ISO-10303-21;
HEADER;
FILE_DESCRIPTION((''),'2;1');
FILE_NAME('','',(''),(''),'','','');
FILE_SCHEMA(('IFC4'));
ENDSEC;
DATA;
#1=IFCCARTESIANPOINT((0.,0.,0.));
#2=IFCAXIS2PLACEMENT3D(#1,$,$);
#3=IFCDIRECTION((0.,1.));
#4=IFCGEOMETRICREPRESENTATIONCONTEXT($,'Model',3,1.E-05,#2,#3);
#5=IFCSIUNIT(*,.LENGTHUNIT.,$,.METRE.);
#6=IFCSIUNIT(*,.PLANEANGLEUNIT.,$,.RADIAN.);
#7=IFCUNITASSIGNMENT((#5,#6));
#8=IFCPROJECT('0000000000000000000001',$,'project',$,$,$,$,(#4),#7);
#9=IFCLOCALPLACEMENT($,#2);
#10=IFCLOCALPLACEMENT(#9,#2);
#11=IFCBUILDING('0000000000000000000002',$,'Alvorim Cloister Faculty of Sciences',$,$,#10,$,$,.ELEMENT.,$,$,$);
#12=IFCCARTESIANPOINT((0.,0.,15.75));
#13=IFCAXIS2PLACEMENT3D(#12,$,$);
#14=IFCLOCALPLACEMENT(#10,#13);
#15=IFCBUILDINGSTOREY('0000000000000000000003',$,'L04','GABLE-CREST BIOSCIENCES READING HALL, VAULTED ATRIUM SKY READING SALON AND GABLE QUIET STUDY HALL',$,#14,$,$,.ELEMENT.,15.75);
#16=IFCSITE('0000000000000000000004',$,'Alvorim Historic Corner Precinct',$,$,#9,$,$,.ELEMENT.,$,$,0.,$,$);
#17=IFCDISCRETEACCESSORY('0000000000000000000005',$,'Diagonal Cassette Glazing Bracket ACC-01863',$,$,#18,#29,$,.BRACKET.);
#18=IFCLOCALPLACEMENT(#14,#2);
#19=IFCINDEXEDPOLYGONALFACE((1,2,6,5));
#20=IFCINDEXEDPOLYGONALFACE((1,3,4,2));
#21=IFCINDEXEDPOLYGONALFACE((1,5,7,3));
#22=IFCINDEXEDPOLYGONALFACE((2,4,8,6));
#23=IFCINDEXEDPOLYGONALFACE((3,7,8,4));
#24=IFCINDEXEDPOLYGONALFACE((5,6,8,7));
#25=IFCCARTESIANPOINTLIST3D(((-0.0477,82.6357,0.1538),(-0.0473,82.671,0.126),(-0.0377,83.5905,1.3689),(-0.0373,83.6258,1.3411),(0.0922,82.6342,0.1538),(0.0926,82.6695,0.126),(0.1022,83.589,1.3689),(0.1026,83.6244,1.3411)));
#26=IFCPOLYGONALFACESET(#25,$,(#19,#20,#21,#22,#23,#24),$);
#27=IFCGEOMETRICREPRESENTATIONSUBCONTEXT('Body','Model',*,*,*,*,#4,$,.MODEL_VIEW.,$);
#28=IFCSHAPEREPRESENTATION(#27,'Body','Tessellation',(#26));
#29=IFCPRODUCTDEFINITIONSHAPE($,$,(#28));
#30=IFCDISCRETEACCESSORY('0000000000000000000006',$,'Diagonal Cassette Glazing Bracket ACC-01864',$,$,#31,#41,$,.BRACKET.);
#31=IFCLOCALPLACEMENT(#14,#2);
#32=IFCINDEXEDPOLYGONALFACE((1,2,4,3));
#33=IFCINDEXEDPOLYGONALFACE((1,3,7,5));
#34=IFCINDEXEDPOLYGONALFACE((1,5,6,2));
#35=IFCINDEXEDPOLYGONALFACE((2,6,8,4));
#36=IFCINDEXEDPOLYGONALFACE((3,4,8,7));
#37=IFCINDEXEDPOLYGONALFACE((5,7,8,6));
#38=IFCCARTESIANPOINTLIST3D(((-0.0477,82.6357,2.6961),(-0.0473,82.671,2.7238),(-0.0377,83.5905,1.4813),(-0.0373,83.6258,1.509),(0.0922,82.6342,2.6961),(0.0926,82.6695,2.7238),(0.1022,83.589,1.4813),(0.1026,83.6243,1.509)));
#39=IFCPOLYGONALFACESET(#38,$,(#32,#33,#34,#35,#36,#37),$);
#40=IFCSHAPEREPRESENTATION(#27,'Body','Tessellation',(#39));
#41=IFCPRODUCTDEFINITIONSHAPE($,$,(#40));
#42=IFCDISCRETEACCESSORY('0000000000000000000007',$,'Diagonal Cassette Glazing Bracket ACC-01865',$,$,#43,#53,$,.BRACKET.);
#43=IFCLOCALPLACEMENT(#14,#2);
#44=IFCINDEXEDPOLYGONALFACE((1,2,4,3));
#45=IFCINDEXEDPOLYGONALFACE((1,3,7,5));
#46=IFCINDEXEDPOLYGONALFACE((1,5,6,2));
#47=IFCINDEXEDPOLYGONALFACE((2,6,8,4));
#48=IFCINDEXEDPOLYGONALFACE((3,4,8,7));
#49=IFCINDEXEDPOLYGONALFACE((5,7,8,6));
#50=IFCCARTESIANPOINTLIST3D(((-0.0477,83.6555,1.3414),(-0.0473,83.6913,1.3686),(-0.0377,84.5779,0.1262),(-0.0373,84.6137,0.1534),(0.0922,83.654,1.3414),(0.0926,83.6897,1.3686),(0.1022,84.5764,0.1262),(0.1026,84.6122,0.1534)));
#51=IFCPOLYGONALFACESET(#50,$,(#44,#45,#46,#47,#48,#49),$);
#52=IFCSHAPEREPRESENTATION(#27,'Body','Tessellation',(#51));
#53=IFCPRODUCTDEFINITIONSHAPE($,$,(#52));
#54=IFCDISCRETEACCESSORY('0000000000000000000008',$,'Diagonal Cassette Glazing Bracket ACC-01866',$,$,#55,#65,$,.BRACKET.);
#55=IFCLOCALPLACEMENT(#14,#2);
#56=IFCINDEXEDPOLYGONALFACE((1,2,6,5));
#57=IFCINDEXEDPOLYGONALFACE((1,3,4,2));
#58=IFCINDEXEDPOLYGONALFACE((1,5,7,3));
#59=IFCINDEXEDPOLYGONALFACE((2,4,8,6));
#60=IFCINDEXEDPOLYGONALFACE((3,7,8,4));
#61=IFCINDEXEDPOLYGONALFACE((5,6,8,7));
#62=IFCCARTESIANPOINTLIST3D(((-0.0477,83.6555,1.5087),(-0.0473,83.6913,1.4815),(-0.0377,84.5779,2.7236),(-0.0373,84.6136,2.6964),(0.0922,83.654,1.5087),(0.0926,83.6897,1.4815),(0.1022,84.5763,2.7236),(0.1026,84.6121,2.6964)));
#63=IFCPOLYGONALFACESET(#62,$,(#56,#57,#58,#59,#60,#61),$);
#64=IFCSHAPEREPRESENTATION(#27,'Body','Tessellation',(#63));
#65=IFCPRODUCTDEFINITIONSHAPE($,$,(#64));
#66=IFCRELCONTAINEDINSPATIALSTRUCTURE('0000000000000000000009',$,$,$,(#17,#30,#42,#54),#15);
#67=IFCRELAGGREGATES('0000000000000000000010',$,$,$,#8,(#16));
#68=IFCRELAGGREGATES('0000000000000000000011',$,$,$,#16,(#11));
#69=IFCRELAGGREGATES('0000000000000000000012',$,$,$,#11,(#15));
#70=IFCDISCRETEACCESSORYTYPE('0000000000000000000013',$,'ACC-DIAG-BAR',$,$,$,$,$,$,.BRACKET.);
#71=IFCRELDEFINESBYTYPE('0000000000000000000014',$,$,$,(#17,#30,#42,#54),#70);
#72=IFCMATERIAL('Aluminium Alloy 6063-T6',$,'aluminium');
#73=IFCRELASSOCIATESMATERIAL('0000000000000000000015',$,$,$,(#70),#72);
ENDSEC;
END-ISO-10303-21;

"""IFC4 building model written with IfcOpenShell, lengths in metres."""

from ifc_helpers import new_model, si_unit, direction, frame, origin, origin_2d, place, context, subcontext, project, spatial, rectangle, extrude, material, type_object, element, save


model = new_model("IFC4")

# Units and contexts
model_context = context("Model", 3, precision=1e-05, world=origin(), true_north=direction((0.0, 1.0)))
body_context = subcontext(model_context, "Body", "Model", "MODEL_VIEW")
ifc_project = project(units=[si_unit("LENGTHUNIT", "METRE"), si_unit("PLANEANGLEUNIT", "RADIAN")], contexts=[model_context])

# Site, building, storey
site_placement = place(None, origin())
site = spatial("IfcSite", under=ifc_project, at=site_placement, Name="Alvorim Historic Corner Precinct", CompositionType="ELEMENT", RefElevation=0.0)
building_placement = place(site_placement, origin())
building = spatial("IfcBuilding", under=site, at=building_placement, Name="Alvorim Cloister Faculty of Sciences", CompositionType="ELEMENT")
storey_placement = place(building_placement, frame((0.0, 0.0, 15.75)))
storey = spatial("IfcBuildingStorey", under=building, at=storey_placement, Name="L04", Description="GABLE-CREST BIOSCIENCES READING HALL, VAULTED ATRIUM SKY READING SALON AND GABLE QUIET STUDY HALL", CompositionType="ELEMENT", Elevation=15.75)

# Shared definitions
ifc_material_1 = material(Name="Aluminium Alloy 6063-T6", Category="aluminium")

# Discrete accessories
discrete_accessory_type = type_object("IfcDiscreteAccessoryType", Name="ACC-DIAG-BAR", PredefinedType="BRACKET", material=ifc_material_1)
discrete_accessory_1_placement = place(storey_placement, frame((0.0225, 82.6526, 0.1399), z_axis=(0.006477, 0.617857, 0.786263), x_axis=(-0.999945, 0.010483, 0.0)))
element("IfcDiscreteAccessory", 1, at=discrete_accessory_1_placement, inside=storey, type_object=discrete_accessory_type, Name="Diagonal Cassette Glazing Bracket ACC-01863", PredefinedType="BRACKET", context=body_context, shape_type="SweptSolid", body=[
    extrude(rectangle(XDim=0.1399, YDim=0.0449, at=origin_2d()), origin(), (0.0, 0.0, 1.0), 1.5454),
])
discrete_accessory_2_placement = place(storey_placement, frame((0.0225, 82.6526, 2.71), z_axis=(0.006478, 0.617934, -0.786203), x_axis=(-0.999945, 0.010483, 0.0)))
element("IfcDiscreteAccessory", 2, at=discrete_accessory_2_placement, inside=storey, type_object=discrete_accessory_type, Name="Diagonal Cassette Glazing Bracket ACC-01864", PredefinedType="BRACKET", context=body_context, shape_type="SweptSolid", body=[
    extrude(rectangle(XDim=0.1399, YDim=0.0449, at=origin_2d()), origin(), (0.0, 0.0, 1.0), 1.5452),
])
discrete_accessory_3_placement = place(storey_placement, frame((0.0225, 83.6726, 1.355), z_axis=(0.006561, 0.604612, -0.796493), x_axis=(-0.999941, 0.010852, 0.0)))
element("IfcDiscreteAccessory", 3, at=discrete_accessory_3_placement, inside=storey, type_object=discrete_accessory_type, Name="Diagonal Cassette Glazing Bracket ACC-01865", PredefinedType="BRACKET", context=body_context, shape_type="SweptSolid", body=[
    extrude(rectangle(XDim=0.1399, YDim=0.0449, at=origin_2d()), origin(), (0.0, 0.0, 1.0), 1.5256),
])
discrete_accessory_4_placement = place(storey_placement, frame((0.0225, 83.6726, 1.4951), z_axis=(0.006562, 0.604689, 0.796435), x_axis=(-0.999941, 0.010852, 0.0)))
element("IfcDiscreteAccessory", 4, at=discrete_accessory_4_placement, inside=storey, type_object=discrete_accessory_type, Name="Diagonal Cassette Glazing Bracket ACC-01866", PredefinedType="BRACKET", context=body_context, shape_type="SweptSolid", body=[
    extrude(rectangle(XDim=0.1399, YDim=0.0449, at=origin_2d()), origin(), (0.0, 0.0, 1.0), 1.5254),
])

save(model, "model.ifc")
